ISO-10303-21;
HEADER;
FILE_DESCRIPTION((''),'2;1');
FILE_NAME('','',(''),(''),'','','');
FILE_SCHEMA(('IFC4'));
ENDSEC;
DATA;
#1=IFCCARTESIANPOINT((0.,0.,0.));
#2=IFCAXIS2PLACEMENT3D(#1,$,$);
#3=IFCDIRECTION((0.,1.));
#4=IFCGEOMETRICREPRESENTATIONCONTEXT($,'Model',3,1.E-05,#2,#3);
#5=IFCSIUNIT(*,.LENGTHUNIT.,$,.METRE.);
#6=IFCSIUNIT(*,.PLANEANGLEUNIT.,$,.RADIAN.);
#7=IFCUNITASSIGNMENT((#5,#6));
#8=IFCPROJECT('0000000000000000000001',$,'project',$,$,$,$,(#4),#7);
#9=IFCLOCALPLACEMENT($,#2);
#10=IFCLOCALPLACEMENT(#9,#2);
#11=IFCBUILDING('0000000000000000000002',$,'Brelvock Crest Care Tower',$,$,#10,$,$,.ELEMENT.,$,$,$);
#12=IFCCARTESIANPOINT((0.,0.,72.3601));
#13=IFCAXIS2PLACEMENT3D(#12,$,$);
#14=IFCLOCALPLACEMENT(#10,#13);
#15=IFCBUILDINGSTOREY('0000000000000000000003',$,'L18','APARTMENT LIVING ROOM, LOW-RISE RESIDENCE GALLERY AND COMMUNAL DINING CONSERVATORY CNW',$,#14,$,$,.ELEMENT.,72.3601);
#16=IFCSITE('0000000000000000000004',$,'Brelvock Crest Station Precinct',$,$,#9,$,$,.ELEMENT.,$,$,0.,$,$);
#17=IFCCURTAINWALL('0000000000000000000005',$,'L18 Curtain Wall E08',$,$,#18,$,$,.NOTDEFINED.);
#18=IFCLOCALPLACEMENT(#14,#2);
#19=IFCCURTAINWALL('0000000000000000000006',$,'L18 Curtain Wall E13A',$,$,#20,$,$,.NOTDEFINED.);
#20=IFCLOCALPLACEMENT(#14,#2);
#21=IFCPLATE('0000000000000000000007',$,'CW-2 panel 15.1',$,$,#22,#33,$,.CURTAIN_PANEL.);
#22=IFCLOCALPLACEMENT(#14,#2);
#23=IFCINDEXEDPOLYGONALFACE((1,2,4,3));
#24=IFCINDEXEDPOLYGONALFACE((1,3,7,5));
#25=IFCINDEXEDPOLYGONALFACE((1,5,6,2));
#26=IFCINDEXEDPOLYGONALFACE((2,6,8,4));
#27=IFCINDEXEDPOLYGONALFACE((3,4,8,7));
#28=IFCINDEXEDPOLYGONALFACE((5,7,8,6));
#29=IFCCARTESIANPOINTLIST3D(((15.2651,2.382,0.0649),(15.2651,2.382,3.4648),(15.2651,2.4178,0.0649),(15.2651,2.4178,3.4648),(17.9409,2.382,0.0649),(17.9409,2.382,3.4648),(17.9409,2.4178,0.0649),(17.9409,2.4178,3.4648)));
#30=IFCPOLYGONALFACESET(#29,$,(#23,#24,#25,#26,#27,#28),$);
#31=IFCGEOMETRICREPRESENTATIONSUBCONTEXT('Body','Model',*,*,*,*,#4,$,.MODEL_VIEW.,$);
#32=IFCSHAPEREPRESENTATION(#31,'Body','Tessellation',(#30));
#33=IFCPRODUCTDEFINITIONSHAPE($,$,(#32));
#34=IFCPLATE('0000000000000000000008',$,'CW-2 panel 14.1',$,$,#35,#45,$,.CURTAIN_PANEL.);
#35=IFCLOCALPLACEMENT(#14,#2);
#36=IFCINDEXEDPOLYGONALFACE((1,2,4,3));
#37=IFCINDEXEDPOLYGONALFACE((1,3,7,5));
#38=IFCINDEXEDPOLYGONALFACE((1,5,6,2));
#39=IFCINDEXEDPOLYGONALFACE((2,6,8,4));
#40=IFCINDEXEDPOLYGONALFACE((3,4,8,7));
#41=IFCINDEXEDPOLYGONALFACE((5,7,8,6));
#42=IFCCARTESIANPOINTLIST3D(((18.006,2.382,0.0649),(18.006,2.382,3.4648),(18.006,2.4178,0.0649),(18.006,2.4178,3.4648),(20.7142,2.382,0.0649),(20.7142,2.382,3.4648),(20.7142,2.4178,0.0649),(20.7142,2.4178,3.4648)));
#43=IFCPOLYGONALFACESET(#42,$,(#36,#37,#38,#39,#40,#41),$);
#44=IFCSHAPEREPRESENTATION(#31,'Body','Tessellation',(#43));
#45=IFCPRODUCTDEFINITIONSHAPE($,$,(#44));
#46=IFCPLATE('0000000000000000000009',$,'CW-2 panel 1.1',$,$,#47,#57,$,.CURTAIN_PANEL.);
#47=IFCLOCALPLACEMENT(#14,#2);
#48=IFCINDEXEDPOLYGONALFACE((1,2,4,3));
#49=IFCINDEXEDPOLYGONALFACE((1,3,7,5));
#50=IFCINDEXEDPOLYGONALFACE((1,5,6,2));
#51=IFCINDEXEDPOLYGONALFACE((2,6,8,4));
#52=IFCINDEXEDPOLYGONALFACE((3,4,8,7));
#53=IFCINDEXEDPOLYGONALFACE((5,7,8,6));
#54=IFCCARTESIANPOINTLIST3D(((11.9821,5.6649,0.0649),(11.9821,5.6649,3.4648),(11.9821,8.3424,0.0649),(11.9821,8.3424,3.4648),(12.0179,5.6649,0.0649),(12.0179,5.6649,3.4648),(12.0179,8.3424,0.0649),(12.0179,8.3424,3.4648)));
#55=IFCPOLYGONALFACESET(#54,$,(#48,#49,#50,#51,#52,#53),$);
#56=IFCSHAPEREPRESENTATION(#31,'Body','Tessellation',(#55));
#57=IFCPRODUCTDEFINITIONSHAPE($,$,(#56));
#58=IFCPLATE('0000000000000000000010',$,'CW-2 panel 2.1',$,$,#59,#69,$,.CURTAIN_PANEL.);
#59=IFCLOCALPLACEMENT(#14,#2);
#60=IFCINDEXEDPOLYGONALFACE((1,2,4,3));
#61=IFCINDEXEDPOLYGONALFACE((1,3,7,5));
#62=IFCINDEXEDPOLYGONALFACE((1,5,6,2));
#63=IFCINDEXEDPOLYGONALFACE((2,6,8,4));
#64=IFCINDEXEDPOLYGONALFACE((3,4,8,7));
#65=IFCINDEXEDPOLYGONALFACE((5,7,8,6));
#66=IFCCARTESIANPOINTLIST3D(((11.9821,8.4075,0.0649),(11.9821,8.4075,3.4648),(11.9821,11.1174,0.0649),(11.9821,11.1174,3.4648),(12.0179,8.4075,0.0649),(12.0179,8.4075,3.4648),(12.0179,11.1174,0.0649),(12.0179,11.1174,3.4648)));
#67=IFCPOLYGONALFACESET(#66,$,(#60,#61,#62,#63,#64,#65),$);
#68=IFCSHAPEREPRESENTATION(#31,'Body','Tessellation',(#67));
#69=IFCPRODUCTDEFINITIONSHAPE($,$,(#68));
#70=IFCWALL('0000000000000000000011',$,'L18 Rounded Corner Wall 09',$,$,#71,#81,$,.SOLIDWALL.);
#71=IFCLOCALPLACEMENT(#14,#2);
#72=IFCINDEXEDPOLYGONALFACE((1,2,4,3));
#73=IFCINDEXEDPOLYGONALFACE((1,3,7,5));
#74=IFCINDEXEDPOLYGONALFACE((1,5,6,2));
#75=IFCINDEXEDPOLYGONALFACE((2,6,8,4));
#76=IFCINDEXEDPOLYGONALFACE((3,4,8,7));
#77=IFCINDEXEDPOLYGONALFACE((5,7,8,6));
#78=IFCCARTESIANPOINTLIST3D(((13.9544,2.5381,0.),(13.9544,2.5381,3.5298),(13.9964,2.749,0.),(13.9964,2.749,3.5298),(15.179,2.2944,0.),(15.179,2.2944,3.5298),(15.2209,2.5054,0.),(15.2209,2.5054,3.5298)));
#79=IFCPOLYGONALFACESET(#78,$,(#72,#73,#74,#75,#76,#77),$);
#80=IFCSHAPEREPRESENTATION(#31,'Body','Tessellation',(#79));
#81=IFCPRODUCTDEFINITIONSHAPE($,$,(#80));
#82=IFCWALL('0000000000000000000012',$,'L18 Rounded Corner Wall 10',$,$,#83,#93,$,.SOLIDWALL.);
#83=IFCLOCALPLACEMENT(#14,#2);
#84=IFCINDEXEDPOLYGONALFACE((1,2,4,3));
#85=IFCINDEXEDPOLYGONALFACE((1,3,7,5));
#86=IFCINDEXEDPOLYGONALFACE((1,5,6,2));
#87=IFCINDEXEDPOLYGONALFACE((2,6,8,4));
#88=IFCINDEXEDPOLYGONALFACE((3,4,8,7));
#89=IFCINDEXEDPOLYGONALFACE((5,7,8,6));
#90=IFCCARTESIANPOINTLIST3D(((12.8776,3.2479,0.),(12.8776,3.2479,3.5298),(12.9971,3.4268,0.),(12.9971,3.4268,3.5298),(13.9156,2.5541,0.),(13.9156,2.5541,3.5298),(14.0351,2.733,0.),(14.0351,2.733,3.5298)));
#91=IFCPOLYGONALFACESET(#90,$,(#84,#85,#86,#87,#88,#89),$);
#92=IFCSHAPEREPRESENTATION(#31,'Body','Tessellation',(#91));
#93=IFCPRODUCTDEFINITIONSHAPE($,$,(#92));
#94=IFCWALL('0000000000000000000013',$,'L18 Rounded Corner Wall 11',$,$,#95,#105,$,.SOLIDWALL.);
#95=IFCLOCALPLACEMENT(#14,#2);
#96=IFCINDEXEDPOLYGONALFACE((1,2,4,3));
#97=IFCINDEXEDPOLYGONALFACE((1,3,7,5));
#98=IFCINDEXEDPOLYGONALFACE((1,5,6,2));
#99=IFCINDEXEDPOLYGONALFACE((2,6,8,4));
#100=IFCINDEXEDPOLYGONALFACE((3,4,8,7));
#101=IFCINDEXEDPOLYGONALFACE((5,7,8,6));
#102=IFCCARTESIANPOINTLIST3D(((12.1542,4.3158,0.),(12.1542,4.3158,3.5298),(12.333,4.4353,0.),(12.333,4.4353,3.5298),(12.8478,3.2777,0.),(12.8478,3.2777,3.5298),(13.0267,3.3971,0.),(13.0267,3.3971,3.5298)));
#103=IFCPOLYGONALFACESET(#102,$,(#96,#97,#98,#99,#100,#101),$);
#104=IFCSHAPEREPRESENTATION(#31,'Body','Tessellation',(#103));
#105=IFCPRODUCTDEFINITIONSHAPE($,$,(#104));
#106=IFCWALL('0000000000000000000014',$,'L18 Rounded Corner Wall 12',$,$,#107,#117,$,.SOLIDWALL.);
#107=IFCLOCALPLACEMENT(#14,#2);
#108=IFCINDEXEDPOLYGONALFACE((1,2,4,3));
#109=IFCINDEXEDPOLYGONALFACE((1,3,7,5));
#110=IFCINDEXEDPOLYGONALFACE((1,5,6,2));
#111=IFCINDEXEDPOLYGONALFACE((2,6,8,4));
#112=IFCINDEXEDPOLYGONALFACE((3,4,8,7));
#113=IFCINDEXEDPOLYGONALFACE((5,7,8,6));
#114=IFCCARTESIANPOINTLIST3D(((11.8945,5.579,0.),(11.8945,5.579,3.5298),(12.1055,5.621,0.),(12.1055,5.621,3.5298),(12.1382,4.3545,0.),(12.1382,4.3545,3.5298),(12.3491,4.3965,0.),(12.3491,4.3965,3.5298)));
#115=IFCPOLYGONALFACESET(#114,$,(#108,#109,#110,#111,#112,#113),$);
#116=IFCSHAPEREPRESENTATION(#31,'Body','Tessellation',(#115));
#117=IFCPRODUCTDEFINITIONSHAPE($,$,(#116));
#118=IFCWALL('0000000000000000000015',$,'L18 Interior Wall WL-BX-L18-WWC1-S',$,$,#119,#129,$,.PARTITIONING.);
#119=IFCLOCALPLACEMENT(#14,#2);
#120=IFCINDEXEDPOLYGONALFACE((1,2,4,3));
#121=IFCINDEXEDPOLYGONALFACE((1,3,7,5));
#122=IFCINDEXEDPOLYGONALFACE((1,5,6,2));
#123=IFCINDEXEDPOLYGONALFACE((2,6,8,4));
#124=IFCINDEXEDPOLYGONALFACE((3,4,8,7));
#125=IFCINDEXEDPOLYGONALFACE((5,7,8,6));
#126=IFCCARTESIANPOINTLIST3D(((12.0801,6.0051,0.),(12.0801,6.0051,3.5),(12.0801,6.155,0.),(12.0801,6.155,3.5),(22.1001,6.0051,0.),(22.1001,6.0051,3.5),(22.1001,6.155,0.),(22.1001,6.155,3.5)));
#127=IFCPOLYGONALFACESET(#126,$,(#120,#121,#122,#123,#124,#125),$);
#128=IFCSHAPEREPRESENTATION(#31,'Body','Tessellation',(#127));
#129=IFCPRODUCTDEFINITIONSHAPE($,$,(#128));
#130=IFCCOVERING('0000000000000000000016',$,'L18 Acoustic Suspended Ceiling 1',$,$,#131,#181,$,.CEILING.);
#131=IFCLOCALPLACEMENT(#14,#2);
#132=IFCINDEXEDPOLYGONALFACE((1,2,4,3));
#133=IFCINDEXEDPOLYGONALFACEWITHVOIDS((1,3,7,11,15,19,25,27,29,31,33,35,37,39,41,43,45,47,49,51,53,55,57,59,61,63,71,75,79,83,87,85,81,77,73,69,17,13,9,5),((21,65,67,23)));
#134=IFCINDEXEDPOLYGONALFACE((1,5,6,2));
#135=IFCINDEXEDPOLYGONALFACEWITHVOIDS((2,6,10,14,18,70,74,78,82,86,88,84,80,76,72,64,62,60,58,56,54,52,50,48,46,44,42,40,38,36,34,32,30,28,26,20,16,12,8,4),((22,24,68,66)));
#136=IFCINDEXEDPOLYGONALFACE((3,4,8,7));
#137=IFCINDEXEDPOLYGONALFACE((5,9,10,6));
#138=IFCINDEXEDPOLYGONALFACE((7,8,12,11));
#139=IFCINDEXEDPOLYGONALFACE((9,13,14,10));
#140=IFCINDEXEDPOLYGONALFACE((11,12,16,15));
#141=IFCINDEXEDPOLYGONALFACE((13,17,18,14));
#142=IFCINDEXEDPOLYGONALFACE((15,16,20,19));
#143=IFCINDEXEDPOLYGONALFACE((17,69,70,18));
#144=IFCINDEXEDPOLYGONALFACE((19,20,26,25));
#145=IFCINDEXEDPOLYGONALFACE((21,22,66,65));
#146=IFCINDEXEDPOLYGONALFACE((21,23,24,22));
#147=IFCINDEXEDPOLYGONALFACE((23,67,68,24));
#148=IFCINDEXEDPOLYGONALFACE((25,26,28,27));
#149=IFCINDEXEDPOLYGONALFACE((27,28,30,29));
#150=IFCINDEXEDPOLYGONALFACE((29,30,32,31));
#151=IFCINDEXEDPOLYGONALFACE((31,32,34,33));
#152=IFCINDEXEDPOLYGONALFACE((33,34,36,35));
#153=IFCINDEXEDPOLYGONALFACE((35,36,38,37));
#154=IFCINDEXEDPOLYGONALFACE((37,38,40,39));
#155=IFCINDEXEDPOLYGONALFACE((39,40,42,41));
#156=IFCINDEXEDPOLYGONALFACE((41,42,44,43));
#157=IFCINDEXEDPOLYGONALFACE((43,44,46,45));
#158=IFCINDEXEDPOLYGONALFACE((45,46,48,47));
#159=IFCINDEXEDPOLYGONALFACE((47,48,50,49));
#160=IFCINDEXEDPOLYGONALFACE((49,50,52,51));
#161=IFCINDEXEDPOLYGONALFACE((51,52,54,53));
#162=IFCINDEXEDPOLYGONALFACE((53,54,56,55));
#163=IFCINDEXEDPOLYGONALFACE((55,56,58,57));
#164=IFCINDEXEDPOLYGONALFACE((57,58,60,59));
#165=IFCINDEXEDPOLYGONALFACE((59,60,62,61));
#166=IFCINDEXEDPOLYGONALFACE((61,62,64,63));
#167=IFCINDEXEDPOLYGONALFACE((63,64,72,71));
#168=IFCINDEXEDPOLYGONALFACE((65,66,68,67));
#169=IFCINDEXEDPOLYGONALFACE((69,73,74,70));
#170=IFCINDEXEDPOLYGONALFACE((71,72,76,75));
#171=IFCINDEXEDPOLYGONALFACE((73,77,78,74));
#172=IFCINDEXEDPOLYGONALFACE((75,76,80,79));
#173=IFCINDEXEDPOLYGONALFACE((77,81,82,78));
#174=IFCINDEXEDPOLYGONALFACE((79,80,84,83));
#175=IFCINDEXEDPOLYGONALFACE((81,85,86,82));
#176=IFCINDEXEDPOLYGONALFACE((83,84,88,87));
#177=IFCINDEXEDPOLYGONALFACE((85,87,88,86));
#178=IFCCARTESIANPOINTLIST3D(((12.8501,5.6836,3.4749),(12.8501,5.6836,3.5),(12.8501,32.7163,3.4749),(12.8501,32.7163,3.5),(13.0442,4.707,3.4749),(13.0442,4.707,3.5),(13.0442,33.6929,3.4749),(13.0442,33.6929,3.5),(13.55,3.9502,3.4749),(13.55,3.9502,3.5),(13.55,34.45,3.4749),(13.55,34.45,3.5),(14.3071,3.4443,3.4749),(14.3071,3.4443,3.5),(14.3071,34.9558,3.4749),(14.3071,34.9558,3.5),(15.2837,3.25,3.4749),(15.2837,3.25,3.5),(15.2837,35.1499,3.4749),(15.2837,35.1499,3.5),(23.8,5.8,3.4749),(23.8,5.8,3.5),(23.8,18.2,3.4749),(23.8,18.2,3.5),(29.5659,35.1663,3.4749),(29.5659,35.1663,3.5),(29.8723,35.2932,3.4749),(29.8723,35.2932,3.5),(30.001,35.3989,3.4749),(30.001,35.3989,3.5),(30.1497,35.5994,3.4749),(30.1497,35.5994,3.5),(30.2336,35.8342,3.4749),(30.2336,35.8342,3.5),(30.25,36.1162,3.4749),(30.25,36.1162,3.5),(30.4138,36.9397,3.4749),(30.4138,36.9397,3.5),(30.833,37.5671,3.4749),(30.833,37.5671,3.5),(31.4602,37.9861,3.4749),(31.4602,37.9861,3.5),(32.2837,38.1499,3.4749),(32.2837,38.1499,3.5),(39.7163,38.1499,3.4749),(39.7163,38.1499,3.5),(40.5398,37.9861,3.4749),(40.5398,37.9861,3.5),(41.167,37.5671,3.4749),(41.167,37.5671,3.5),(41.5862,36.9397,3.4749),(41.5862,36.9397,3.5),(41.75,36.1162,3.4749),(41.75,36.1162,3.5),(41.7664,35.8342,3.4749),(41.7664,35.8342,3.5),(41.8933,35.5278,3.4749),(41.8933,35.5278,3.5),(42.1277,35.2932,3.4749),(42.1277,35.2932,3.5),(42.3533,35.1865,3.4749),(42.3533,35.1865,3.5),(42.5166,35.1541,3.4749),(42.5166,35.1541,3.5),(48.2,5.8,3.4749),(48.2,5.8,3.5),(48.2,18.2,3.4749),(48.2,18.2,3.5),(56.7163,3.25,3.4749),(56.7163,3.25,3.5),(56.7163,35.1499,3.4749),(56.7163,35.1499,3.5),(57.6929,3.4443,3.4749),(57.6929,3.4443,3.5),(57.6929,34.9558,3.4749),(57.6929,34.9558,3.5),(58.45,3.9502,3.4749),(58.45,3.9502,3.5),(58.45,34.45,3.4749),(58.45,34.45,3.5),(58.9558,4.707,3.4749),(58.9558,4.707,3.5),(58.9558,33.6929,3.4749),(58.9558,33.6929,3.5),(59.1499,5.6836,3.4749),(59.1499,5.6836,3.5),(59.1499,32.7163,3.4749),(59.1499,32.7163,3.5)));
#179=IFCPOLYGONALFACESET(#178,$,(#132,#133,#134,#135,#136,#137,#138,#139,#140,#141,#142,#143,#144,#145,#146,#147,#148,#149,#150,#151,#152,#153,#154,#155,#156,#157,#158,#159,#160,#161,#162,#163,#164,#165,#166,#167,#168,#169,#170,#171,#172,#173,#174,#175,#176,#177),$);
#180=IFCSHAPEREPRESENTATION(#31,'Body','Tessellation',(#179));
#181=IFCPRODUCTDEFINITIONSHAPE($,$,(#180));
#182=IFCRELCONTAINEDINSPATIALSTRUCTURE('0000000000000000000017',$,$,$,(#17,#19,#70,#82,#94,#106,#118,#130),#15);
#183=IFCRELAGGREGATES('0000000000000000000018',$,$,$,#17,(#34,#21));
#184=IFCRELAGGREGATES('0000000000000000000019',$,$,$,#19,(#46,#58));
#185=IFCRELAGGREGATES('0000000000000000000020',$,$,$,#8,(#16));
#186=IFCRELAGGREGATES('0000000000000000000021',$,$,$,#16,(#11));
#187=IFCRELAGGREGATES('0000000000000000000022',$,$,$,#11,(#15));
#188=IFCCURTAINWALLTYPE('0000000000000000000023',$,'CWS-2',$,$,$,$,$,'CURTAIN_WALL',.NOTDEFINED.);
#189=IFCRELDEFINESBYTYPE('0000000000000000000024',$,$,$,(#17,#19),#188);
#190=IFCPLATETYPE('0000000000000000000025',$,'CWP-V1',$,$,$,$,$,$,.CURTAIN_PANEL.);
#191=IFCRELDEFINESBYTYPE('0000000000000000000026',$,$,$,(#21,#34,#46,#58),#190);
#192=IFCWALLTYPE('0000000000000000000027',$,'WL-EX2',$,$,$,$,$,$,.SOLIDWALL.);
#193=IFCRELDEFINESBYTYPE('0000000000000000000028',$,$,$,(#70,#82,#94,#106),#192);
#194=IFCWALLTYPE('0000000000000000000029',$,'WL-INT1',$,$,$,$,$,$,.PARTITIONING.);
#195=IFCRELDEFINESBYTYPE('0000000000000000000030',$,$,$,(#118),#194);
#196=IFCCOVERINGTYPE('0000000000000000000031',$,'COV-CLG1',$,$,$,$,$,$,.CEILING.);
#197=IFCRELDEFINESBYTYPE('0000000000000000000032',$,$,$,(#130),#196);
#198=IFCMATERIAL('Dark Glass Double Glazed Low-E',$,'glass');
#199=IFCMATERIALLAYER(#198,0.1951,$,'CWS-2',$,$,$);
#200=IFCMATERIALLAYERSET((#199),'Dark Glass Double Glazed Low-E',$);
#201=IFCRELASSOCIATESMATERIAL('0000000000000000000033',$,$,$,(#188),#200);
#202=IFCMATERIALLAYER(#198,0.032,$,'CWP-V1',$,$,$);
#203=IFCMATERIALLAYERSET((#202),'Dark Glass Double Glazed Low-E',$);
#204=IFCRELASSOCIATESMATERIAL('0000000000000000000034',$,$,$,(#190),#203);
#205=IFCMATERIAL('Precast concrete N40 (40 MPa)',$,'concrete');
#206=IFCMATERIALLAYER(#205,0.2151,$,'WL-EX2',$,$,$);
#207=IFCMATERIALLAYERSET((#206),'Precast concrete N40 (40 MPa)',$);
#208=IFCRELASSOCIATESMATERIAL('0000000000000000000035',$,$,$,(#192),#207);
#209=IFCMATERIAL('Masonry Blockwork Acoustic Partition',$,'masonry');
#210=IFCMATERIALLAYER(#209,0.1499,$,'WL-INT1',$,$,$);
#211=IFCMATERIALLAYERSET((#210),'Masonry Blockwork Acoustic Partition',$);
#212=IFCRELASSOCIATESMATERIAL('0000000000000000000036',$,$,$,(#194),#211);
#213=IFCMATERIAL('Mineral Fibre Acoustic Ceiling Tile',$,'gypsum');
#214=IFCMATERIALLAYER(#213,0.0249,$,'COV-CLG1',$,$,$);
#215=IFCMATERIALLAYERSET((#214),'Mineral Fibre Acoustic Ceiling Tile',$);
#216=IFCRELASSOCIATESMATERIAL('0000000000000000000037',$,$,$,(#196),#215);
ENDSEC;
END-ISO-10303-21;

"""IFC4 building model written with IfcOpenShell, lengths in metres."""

from ifc_helpers import new_model, si_unit, direction, frame, frame_2d, origin, origin_2d, place, context, subcontext, project, spatial, polyline, rectangle, outline, extrude, source, transform, mapped, material, layer, layer_set, type_object, element, aggregate, save


model = new_model("IFC4")

# Units and contexts
model_context = context("Model", 3, precision=1e-05, world=origin(), true_north=direction((0.0, 1.0)))
body_context = subcontext(model_context, "Body", "Model", "MODEL_VIEW")
ifc_project = project(units=[si_unit("LENGTHUNIT", "METRE"), si_unit("PLANEANGLEUNIT", "RADIAN")], contexts=[model_context])

# Site, building, storey
site_placement = place(None, origin())
site = spatial("IfcSite", under=ifc_project, at=site_placement, Name="Brelvock Crest Station Precinct", CompositionType="ELEMENT", RefElevation=0.0)
building_placement = place(site_placement, origin())
building = spatial("IfcBuilding", under=site, at=building_placement, Name="Brelvock Crest Care Tower", CompositionType="ELEMENT")
storey_placement = place(building_placement, frame((0.0, 0.0, 72.3601)))
storey = spatial("IfcBuildingStorey", under=building, at=storey_placement, Name="L18", Description="APARTMENT LIVING ROOM, LOW-RISE RESIDENCE GALLERY AND COMMUNAL DINING CONSERVATORY CNW", CompositionType="ELEMENT", Elevation=72.3601)

# Curtain walls
ifc_material_1 = material(Name="Dark Glass Double Glazed Low-E", Category="glass")
ifc_layer_1 = layer(ifc_material_1, 0.1951, Name="CWS-2")
ifc_layer_set_1 = layer_set([ifc_layer_1], Name="Dark Glass Double Glazed Low-E")
curtain_wall_type = type_object("IfcCurtainWallType", Name="CWS-2", ElementType="CURTAIN_WALL", PredefinedType="NOTDEFINED", material=ifc_layer_set_1)
curtain_wall_1_placement = place(storey_placement, origin())
curtain_wall_1 = element("IfcCurtainWall", 1, at=curtain_wall_1_placement, inside=storey, type_object=curtain_wall_type, Name="L18 Curtain Wall E08", PredefinedType="NOTDEFINED")
curtain_wall_2_placement = place(storey_placement, origin())
curtain_wall_2 = element("IfcCurtainWall", 2, at=curtain_wall_2_placement, inside=storey, type_object=curtain_wall_type, Name="L18 Curtain Wall E13A", PredefinedType="NOTDEFINED")

# Plates
ifc_layer_2 = layer(ifc_material_1, 0.032, Name="CWP-V1")
ifc_layer_set_2 = layer_set([ifc_layer_2], Name="Dark Glass Double Glazed Low-E")
plate_type = type_object("IfcPlateType", Name="CWP-V1", PredefinedType="CURTAIN_PANEL", material=ifc_layer_set_2)
shared_shape_1 = source(origin(), body_context, "Body", "SweptSolid", [
    extrude(rectangle(XDim=2.6758, YDim=0.0359, at=origin_2d()), origin(), (0.0, 0.0, 1.0), 3.3999),
])
plate_1_placement = place(storey_placement, frame((16.603, 2.3999, 0.0649), z_axis=(0.0, 0.0, 1.0), x_axis=(-1.0, 0.0, 0.0)))
plate_1 = element("IfcPlate", 3, at=plate_1_placement, type_object=plate_type, Name="CW-2 panel 15.1", PredefinedType="CURTAIN_PANEL", context=body_context, shape_type="MappedRepresentation", body=[
    mapped(shared_shape_1, transform((0.0, 0.0, 0.0), x_axis=(1.0, 0.0, 0.0), y_axis=(0.0, 1.0, 0.0), z_axis=(0.0, 0.0, 1.0), scale=1.0)),
])
shared_shape_2 = source(origin(), body_context, "Body", "SweptSolid", [
    extrude(rectangle(XDim=2.7083, YDim=0.0359, at=origin_2d()), origin(), (0.0, 0.0, 1.0), 3.3999),
])
plate_2_placement = place(storey_placement, frame((19.3601, 2.3999, 0.0649), z_axis=(0.0, 0.0, 1.0), x_axis=(-1.0, 0.0, 0.0)))
plate_2 = element("IfcPlate", 4, at=plate_2_placement, type_object=plate_type, Name="CW-2 panel 14.1", PredefinedType="CURTAIN_PANEL", context=body_context, shape_type="MappedRepresentation", body=[
    mapped(shared_shape_2, transform((0.0, 0.0, 0.0), x_axis=(1.0, 0.0, 0.0), y_axis=(0.0, 1.0, 0.0), z_axis=(0.0, 0.0, 1.0), scale=1.0)),
])
aggregate(curtain_wall_1, [plate_2, plate_1])
shared_shape_3 = source(origin(), body_context, "Body", "SweptSolid", [
    extrude(rectangle(XDim=2.6775, YDim=0.0359, at=origin_2d()), origin(), (0.0, 0.0, 1.0), 3.3999),
])
plate_3_placement = place(storey_placement, frame((12.0, 7.0037, 0.0649), z_axis=(0.0, 0.0, 1.0), x_axis=(0.0, 1.0, 0.0)))
plate_3 = element("IfcPlate", 5, at=plate_3_placement, type_object=plate_type, Name="CW-2 panel 1.1", PredefinedType="CURTAIN_PANEL", context=body_context, shape_type="MappedRepresentation", body=[
    mapped(shared_shape_3, transform((0.0, 0.0, 0.0), x_axis=(1.0, 0.0, 0.0), y_axis=(0.0, 1.0, 0.0), z_axis=(0.0, 0.0, 1.0), scale=1.0)),
])
shared_shape_4 = source(origin(), body_context, "Body", "SweptSolid", [
    extrude(rectangle(XDim=2.71, YDim=0.0359, at=origin_2d()), origin(), (0.0, 0.0, 1.0), 3.3999),
])
plate_4_placement = place(storey_placement, frame((12.0, 9.7625, 0.0649), z_axis=(0.0, 0.0, 1.0), x_axis=(0.0, 1.0, 0.0)))
plate_4 = element("IfcPlate", 6, at=plate_4_placement, type_object=plate_type, Name="CW-2 panel 2.1", PredefinedType="CURTAIN_PANEL", context=body_context, shape_type="MappedRepresentation", body=[
    mapped(shared_shape_4, transform((0.0, 0.0, 0.0), x_axis=(1.0, 0.0, 0.0), y_axis=(0.0, 1.0, 0.0), z_axis=(0.0, 0.0, 1.0), scale=1.0)),
])
aggregate(curtain_wall_2, [plate_3, plate_4])

# Walls
ifc_material_2 = material(Name="Precast concrete N40 (40 MPa)", Category="concrete")
ifc_layer_3 = layer(ifc_material_2, 0.2151, Name="WL-EX2")
ifc_layer_set_3 = layer_set([ifc_layer_3], Name="Precast concrete N40 (40 MPa)")
wall_type_1 = type_object("IfcWallType", Name="WL-EX2", PredefinedType="SOLIDWALL", material=ifc_layer_set_3)
for number, where, z_axis, x_axis, name in (
    (7, (15.2, 2.3999, 0.0), (0.0, 0.0, 1.0), (-0.980776, 0.195138, 0.0), "L18 Rounded Corner Wall 09"),
    (8, (13.9753, 2.6436, 0.0), (0.0, 0.0, 1.0), (-0.831388, 0.555692, 0.0), "L18 Rounded Corner Wall 10"),
    (9, (12.9373, 3.3374, 0.0), (0.0, 0.0, 1.0), (-0.555557, 0.831478, 0.0), "L18 Rounded Corner Wall 11"),
    (10, (12.2437, 4.3755, 0.0), (0.0, 0.0, 1.0), (-0.195138, 0.980776, 0.0), "L18 Rounded Corner Wall 12"),
):
    element("IfcWall", number, at=place(storey_placement, frame(where, z_axis=z_axis, x_axis=x_axis)), inside=storey, type_object=wall_type_1, Name=name, PredefinedType="SOLIDWALL", context=body_context, shape_type="SweptSolid", body=[
        extrude(rectangle(XDim=1.2485, YDim=0.2151, at=frame_2d((0.6243, 0.0))), origin(), (0.0, 0.0, 1.0), 3.5298),
    ])
ifc_material_3 = material(Name="Masonry Blockwork Acoustic Partition", Category="masonry")
ifc_layer_4 = layer(ifc_material_3, 0.1499, Name="WL-INT1")
ifc_layer_set_4 = layer_set([ifc_layer_4], Name="Masonry Blockwork Acoustic Partition")
wall_type_2 = type_object("IfcWallType", Name="WL-INT1", PredefinedType="PARTITIONING", material=ifc_layer_set_4)
wall_placement = place(storey_placement, frame((12.0801, 6.0801, 0.0), z_axis=(0.0, 0.0, 1.0), x_axis=(1.0, 0.0, 0.0)))
element("IfcWall", 11, at=wall_placement, inside=storey, type_object=wall_type_2, Name="L18 Interior Wall WL-BX-L18-WWC1-S", PredefinedType="PARTITIONING", context=body_context, shape_type="SweptSolid", body=[
    extrude(rectangle(XDim=10.02, YDim=0.1499, at=frame_2d((5.01, 0.0))), origin(), (0.0, 0.0, 1.0), 3.5),
])

# Covering
ifc_material_4 = material(Name="Mineral Fibre Acoustic Ceiling Tile", Category="gypsum")
ifc_layer_5 = layer(ifc_material_4, 0.0249, Name="COV-CLG1")
ifc_layer_set_5 = layer_set([ifc_layer_5], Name="Mineral Fibre Acoustic Ceiling Tile")
covering_type_1 = type_object("IfcCoveringType", Name="COV-CLG1", PredefinedType="CEILING", material=ifc_layer_set_5)
covering_1_placement = place(storey_placement, frame((0.0, 0.0, 3.4749)))
element("IfcCovering", 12, at=covering_1_placement, inside=storey, type_object=covering_type_1, Name="L18 Acoustic Suspended Ceiling 1", PredefinedType="CEILING", context=body_context, shape_type="SweptSolid", body=[
    extrude(outline(polyline([(56.7163, 35.1499), (42.5166, 35.1541), (42.3533, 35.1865), (42.1277, 35.2932), (41.8933, 35.5278), (41.7664, 35.8342), (41.75, 36.1162), (41.5862, 36.9397), (41.167, 37.5671), (40.5398, 37.9861), (39.7163, 38.1499), (32.2837, 38.1499), (31.4602, 37.9861), (30.833, 37.5671), (30.4138, 36.9397), (30.25, 36.1162), (30.2336, 35.8342), (30.1497, 35.5994), (30.001, 35.3989), (29.8723, 35.2932), (29.5659, 35.1663), (15.2837, 35.1499), (14.3071, 34.9558), (13.55, 34.45), (13.0442, 33.6929), (12.8501, 32.7163), (12.8501, 5.6836), (13.0442, 4.707), (13.55, 3.9502), (14.3071, 3.4443), (15.2837, 3.25), (56.7163, 3.25), (57.6929, 3.4443), (58.45, 3.9502), (58.9558, 4.707), (59.1499, 5.6836), (59.1499, 32.7163), (58.9558, 33.6929), (58.45, 34.45), (57.6929, 34.9558), (56.7163, 35.1499)]), holes=[polyline([(48.2, 5.8), (48.2, 18.2), (23.8, 18.2), (23.8, 5.8), (48.2, 5.8)])]), origin(), (0.0, 0.0, 1.0), 0.0251),
])

save(model, "model.ifc")
